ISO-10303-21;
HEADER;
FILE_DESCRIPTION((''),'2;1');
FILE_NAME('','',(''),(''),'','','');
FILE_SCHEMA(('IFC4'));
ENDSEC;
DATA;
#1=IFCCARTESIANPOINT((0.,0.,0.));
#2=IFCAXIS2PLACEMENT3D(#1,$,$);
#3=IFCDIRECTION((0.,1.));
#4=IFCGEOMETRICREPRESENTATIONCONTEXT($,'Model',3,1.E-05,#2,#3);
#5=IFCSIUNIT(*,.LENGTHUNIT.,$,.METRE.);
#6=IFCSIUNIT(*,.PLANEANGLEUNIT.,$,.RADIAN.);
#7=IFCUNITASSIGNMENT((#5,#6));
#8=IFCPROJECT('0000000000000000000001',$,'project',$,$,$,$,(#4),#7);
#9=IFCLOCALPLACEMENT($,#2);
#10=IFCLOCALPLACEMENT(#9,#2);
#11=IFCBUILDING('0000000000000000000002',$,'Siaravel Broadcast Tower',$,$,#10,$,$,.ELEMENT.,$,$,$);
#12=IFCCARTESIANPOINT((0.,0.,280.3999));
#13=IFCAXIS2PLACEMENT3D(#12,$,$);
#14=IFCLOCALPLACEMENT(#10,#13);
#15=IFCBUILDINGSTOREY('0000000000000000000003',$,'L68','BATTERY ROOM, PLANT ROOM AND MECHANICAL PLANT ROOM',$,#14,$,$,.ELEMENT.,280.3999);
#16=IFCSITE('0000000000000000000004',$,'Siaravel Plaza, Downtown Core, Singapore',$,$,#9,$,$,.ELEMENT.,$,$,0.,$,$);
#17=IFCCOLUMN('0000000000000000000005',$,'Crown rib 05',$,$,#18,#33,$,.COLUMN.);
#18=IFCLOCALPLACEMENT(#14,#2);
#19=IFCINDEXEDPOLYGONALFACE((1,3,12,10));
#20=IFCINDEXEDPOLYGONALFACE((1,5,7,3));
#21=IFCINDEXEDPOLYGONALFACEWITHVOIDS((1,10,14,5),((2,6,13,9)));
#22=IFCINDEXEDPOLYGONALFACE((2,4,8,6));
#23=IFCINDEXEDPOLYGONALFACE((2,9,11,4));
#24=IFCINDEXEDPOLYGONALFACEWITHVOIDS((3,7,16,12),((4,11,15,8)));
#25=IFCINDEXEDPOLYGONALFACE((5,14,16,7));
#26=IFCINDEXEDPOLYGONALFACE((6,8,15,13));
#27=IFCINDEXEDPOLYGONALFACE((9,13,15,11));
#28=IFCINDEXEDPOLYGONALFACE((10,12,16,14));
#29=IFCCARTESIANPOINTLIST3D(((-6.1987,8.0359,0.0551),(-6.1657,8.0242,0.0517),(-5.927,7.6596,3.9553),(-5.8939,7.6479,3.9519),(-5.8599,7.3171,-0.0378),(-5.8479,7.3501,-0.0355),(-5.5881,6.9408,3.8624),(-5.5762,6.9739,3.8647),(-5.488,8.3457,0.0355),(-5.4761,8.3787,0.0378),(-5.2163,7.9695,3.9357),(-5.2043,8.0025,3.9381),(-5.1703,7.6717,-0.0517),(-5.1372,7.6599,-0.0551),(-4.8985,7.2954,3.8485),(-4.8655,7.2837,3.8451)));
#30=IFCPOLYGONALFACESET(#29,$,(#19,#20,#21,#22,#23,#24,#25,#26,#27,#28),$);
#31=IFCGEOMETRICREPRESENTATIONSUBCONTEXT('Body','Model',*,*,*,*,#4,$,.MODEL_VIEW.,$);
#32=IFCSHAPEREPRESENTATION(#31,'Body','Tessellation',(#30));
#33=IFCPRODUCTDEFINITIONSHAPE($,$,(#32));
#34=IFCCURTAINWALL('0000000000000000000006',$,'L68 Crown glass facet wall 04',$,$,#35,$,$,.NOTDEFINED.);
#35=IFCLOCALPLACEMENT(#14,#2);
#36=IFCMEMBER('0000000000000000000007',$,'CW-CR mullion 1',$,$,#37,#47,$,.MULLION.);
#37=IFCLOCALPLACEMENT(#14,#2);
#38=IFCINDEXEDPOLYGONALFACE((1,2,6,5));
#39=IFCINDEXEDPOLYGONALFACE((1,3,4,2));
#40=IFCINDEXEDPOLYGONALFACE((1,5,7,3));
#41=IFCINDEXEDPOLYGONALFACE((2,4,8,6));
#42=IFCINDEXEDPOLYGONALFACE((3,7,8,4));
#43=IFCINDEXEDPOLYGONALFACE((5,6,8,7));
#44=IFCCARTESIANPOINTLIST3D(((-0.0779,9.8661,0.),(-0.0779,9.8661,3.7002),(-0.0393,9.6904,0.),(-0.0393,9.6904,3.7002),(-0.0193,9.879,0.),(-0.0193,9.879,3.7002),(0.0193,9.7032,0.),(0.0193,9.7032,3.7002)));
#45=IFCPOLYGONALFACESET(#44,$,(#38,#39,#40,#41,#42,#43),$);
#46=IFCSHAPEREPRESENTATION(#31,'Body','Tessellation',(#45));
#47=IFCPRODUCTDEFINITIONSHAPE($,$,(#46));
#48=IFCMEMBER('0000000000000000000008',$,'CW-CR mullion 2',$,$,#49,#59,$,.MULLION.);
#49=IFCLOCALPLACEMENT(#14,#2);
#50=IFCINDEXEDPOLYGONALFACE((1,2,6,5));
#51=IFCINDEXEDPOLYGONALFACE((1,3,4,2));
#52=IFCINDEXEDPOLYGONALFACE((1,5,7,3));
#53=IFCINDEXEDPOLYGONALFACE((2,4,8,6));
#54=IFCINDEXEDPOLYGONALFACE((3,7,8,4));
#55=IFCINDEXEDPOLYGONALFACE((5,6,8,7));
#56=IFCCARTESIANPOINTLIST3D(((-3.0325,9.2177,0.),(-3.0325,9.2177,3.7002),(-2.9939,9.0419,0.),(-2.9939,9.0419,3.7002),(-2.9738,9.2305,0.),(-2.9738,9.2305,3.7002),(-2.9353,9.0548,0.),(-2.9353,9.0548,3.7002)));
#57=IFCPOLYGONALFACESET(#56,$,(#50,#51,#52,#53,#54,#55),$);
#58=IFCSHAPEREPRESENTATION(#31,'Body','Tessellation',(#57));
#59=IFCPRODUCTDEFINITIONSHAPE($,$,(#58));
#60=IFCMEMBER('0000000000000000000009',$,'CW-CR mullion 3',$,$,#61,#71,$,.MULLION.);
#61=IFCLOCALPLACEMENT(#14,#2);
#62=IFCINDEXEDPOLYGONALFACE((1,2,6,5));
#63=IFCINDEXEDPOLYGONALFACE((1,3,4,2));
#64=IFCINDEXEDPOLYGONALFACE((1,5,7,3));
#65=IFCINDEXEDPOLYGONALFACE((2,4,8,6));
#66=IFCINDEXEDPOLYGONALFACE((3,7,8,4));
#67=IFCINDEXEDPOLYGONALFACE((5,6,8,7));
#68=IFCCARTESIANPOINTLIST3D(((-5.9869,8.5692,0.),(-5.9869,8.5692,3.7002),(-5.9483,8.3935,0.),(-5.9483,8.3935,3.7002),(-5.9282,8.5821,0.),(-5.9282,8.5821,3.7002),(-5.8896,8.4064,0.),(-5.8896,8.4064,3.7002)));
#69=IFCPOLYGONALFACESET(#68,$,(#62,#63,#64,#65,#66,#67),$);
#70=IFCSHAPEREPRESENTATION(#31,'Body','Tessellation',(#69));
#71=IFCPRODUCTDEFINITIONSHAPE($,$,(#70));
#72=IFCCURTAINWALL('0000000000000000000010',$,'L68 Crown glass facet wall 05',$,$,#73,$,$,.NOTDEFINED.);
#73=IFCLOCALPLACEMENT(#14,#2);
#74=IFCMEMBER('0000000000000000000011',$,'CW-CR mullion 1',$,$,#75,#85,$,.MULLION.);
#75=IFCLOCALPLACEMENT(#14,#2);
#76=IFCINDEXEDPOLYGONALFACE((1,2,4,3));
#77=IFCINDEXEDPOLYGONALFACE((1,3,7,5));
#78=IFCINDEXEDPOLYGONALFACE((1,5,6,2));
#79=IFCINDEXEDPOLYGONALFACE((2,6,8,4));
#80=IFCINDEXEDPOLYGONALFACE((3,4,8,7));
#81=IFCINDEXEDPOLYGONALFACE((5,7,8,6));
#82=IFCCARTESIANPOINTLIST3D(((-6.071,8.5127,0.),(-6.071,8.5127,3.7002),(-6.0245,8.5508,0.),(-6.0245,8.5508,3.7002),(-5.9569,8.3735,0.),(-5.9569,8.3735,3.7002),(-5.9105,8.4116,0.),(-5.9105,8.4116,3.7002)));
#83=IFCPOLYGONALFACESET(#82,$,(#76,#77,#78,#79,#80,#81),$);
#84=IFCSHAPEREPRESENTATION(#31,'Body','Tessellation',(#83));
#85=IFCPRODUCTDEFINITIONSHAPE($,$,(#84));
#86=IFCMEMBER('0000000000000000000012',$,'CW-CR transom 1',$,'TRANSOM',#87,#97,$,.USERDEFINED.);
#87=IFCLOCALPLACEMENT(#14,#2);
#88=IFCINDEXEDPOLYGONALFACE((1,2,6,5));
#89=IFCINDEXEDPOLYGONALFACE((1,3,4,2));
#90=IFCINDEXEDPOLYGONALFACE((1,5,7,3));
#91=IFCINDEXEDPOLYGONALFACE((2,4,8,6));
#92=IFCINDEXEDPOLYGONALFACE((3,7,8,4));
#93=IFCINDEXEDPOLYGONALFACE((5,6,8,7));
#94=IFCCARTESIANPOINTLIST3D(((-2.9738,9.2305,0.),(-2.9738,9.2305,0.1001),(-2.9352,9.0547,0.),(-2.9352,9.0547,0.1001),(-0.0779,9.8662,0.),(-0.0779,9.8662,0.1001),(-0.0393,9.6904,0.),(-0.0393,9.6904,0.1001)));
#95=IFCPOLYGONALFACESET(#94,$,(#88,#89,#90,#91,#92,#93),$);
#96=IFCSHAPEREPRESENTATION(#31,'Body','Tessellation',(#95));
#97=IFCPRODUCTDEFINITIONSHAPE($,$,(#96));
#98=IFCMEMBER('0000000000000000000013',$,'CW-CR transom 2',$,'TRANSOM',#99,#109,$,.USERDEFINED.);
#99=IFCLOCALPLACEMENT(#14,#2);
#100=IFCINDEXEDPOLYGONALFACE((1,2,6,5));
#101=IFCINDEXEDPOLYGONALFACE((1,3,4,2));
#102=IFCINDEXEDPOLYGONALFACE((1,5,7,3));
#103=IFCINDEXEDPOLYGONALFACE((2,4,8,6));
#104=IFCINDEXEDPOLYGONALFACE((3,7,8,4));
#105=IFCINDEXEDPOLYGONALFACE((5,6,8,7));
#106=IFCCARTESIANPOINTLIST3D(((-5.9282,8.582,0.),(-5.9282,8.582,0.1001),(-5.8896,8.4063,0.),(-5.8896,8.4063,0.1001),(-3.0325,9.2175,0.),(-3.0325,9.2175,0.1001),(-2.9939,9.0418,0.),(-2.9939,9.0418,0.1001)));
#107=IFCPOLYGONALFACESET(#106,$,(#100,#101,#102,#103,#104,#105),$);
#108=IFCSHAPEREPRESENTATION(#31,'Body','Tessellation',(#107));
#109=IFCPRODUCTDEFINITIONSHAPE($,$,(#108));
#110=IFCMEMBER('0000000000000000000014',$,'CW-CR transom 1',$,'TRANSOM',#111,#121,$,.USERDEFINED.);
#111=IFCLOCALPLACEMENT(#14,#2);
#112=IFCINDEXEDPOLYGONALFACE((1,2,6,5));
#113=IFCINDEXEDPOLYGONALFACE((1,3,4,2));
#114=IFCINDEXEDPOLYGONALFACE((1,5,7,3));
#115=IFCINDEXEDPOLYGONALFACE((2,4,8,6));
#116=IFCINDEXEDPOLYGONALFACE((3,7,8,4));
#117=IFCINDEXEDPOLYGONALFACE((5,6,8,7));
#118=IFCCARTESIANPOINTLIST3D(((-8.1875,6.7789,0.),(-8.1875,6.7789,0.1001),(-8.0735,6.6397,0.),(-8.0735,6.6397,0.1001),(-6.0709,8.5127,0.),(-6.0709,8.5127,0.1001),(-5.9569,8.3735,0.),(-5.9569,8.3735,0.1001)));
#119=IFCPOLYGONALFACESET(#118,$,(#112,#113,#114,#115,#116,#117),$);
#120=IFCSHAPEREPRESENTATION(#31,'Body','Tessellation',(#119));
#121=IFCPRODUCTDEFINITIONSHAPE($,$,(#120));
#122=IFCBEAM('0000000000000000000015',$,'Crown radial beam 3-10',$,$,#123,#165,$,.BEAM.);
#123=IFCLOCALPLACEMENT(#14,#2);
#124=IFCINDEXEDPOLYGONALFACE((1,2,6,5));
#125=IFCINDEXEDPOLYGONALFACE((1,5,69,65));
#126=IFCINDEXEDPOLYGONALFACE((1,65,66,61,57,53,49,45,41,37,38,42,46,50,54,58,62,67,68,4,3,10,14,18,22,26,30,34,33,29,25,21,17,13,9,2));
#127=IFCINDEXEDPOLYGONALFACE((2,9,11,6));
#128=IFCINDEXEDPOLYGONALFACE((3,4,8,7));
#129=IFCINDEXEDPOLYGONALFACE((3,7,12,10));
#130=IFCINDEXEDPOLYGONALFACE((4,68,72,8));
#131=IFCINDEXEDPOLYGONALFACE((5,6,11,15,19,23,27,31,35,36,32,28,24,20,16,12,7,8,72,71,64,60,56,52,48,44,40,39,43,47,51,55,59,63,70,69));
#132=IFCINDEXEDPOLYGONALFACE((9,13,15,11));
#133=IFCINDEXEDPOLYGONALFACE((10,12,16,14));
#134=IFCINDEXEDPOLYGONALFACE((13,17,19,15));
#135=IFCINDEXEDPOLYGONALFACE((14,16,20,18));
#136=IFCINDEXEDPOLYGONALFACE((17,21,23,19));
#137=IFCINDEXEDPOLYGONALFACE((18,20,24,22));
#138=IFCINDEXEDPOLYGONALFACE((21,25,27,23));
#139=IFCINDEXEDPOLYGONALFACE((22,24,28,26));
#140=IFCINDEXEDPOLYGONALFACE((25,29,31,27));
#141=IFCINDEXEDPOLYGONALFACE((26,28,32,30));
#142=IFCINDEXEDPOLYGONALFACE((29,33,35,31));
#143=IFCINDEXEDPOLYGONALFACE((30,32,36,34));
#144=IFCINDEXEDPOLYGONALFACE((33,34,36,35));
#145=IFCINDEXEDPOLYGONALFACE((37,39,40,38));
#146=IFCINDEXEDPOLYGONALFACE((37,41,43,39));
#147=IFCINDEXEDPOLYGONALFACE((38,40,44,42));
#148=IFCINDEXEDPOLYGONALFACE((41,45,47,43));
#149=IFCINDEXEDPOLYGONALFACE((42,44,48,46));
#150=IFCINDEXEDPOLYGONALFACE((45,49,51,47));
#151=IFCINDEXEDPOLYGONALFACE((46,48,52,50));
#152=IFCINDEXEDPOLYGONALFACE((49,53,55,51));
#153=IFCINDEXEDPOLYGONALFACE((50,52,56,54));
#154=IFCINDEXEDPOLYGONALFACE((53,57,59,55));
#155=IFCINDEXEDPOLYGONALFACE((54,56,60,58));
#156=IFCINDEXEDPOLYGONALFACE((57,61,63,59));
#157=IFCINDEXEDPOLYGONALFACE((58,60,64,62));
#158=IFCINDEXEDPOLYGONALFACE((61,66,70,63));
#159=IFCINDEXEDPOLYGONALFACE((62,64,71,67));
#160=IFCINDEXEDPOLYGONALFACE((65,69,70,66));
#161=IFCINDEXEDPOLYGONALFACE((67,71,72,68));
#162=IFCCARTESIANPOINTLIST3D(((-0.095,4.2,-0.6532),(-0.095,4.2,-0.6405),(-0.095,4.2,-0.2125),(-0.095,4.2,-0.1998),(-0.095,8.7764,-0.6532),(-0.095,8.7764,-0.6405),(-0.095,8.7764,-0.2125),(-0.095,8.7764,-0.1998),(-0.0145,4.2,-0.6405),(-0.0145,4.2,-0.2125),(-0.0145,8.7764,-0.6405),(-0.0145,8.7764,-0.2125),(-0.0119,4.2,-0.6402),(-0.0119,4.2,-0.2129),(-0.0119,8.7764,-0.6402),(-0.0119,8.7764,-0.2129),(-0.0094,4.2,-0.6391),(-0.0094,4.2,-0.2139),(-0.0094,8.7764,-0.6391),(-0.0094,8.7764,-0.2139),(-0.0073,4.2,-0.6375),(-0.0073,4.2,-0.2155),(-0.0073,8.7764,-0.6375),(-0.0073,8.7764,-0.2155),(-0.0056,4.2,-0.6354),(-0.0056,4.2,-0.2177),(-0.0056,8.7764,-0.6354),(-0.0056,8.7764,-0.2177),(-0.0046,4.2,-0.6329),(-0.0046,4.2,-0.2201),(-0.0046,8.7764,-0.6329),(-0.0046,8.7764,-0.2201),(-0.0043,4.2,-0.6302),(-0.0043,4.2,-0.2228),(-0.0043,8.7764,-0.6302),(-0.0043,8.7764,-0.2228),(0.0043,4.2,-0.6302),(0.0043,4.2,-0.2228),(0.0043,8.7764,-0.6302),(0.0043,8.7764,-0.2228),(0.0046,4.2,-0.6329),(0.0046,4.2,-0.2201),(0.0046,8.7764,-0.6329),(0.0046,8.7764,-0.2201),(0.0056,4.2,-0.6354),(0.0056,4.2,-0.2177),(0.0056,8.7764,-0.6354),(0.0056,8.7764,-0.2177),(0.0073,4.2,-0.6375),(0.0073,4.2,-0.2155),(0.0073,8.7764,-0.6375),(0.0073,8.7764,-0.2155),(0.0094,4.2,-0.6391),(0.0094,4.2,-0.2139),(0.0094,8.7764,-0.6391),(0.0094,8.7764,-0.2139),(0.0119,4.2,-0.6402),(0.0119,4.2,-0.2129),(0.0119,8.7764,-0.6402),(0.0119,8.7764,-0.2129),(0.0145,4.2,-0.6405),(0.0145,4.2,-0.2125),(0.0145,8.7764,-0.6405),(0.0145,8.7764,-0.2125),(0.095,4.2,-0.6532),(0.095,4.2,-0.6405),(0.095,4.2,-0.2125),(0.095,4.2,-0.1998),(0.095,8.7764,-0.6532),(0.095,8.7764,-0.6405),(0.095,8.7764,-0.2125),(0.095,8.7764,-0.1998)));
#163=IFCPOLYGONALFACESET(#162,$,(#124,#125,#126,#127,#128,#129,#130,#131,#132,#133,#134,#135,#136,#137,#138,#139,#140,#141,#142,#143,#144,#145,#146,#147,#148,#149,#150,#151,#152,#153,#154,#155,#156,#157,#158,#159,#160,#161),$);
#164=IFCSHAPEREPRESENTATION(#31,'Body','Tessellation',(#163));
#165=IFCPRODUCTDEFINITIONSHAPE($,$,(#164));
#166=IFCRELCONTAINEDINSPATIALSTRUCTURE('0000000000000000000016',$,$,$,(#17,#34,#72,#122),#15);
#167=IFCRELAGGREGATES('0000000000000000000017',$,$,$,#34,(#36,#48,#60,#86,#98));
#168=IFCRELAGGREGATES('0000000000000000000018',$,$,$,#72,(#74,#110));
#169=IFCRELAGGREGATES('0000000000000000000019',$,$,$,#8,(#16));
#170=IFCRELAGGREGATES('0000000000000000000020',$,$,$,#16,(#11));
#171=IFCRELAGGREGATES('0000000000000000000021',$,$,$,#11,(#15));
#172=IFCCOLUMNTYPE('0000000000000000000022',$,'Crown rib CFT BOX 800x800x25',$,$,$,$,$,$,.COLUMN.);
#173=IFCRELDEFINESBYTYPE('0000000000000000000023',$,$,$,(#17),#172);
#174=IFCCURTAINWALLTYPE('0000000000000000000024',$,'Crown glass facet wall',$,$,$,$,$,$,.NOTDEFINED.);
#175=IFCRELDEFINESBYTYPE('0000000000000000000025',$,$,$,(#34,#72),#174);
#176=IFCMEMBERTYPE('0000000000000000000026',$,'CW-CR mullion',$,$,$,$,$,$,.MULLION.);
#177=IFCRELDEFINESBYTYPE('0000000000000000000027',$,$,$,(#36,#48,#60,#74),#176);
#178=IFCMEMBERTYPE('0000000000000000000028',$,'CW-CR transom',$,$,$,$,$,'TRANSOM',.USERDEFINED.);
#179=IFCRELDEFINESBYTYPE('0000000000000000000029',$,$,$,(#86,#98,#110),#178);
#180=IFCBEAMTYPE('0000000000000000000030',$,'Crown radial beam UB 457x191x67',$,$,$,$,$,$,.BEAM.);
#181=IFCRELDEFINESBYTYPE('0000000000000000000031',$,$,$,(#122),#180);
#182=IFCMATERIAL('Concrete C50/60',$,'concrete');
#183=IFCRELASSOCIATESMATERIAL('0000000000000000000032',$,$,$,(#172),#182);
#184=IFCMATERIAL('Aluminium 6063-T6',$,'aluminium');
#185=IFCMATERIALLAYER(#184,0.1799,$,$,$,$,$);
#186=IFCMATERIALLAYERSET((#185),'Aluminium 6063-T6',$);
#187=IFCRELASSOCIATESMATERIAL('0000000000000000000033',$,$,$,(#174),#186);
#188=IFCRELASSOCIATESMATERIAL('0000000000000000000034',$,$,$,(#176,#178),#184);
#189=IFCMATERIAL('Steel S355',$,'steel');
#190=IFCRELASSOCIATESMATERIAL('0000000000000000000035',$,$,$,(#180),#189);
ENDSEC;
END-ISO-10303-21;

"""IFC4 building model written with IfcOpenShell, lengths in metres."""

from ifc_helpers import new_model, si_unit, direction, frame, origin, origin_2d, place, context, subcontext, project, spatial, rectangle, hollow_rectangle, i_section, extrude, material, layer, layer_set, material_profile, profile_set, type_object, element, aggregate, save


model = new_model("IFC4")

# Units and contexts
model_context = context("Model", 3, precision=1e-05, world=origin(), true_north=direction((0.0, 1.0)))
body_context = subcontext(model_context, "Body", "Model", "MODEL_VIEW")
ifc_project = project(units=[si_unit("LENGTHUNIT", "METRE"), si_unit("PLANEANGLEUNIT", "RADIAN")], contexts=[model_context])

# Site, building, storey
site_placement = place(None, origin())
site = spatial("IfcSite", under=ifc_project, at=site_placement, Name="Siaravel Plaza, Downtown Core, Singapore", CompositionType="ELEMENT", RefElevation=0.0)
building_placement = place(site_placement, origin())
building = spatial("IfcBuilding", under=site, at=building_placement, Name="Siaravel Broadcast Tower", CompositionType="ELEMENT")
storey_placement = place(building_placement, frame((0.0, 0.0, 280.3999)))
storey = spatial("IfcBuildingStorey", under=building, at=storey_placement, Name="L68", Description="BATTERY ROOM, PLANT ROOM AND MECHANICAL PLANT ROOM", CompositionType="ELEMENT", Elevation=280.3999)

# Column
ifc_material_1 = material(Name="Concrete C50/60", Category="concrete")
ifc_material_profile_1 = material_profile(ifc_material_1, hollow_rectangle(XDim=0.8, YDim=0.8, WallThickness=0.0249, at=origin_2d()))
ifc_profile_set_1 = profile_set([ifc_material_profile_1], Name="Concrete C50/60")
column_type = type_object("IfcColumnType", Name="Crown rib CFT BOX 800x800x25", PredefinedType="COLUMN", material=ifc_profile_set_1)
column_placement = place(storey_placement, frame((-5.668, 7.8479, 0.0), z_axis=(0.069183, -0.095787, 0.992995), x_axis=(0.903251, 0.428569, -0.02159)))
element("IfcColumn", 1, at=column_placement, inside=storey, type_object=column_type, Name="Crown rib 05", PredefinedType="COLUMN", context=body_context, shape_type="SweptSolid", body=[
    extrude(hollow_rectangle(XDim=0.8, YDim=0.8, WallThickness=0.0249, at=origin_2d()), origin(), (0.0, 0.0, 1.0), 3.9277),
])

# Curtain wall, members
ifc_material_2 = material(Name="Aluminium 6063-T6", Category="aluminium")
ifc_layer_1 = layer(ifc_material_2, 0.1799)
ifc_layer_set_1 = layer_set([ifc_layer_1], Name="Aluminium 6063-T6")
curtain_wall_type = type_object("IfcCurtainWallType", Name="Crown glass facet wall", PredefinedType="NOTDEFINED", material=ifc_layer_set_1)
curtain_wall_1_placement = place(storey_placement, origin())
curtain_wall_1 = element("IfcCurtainWall", 2, at=curtain_wall_1_placement, inside=storey, type_object=curtain_wall_type, Name="L68 Crown glass facet wall 04", PredefinedType="NOTDEFINED")
ifc_material_profile_2 = material_profile(ifc_material_2, rectangle(XDim=0.1799, YDim=0.0601, at=origin_2d()))
ifc_profile_set_2 = profile_set([ifc_material_profile_2], Name="Aluminium 6063-T6")
member_type_1 = type_object("IfcMemberType", Name="CW-CR mullion", PredefinedType="MULLION", material=ifc_profile_set_2)
member_1_placement = place(storey_placement, frame((-0.0293, 9.7847, 0.0), z_axis=(0.0, 0.0, 1.0), x_axis=(0.214394, -0.976747, 0.0)))
member_1 = element("IfcMember", 3, at=member_1_placement, type_object=member_type_1, Name="CW-CR mullion 1", PredefinedType="MULLION", context=body_context, shape_type="SweptSolid", body=[
    extrude(rectangle(XDim=0.1799, YDim=0.0601, at=origin_2d()), origin(), (0.0, 0.0, 1.0), 3.7002),
])
member_2_placement = place(storey_placement, frame((-2.9839, 9.1362, 0.0), z_axis=(0.0, 0.0, 1.0), x_axis=(0.214394, -0.976747, 0.0)))
member_2 = element("IfcMember", 4, at=member_2_placement, type_object=member_type_1, Name="CW-CR mullion 2", PredefinedType="MULLION", context=body_context, shape_type="SweptSolid", body=[
    extrude(rectangle(XDim=0.1799, YDim=0.0601, at=origin_2d()), origin(), (0.0, 0.0, 1.0), 3.7002),
])
member_3_placement = place(storey_placement, frame((-5.9382, 8.4878, 0.0), z_axis=(0.0, 0.0, 1.0), x_axis=(0.214394, -0.976747, 0.0)))
member_3 = element("IfcMember", 5, at=member_3_placement, type_object=member_type_1, Name="CW-CR mullion 3", PredefinedType="MULLION", context=body_context, shape_type="SweptSolid", body=[
    extrude(rectangle(XDim=0.1799, YDim=0.0601, at=origin_2d()), origin(), (0.0, 0.0, 1.0), 3.7002),
])

# Curtain wall, member
curtain_wall_2_placement = place(storey_placement, origin())
curtain_wall_2 = element("IfcCurtainWall", 6, at=curtain_wall_2_placement, inside=storey, type_object=curtain_wall_type, Name="L68 Crown glass facet wall 05", PredefinedType="NOTDEFINED")
member_4_placement = place(storey_placement, frame((-5.9907, 8.4622, 0.0), z_axis=(0.0, 0.0, 1.0), x_axis=(0.633713, -0.773568, 0.0)))
member_4 = element("IfcMember", 7, at=member_4_placement, type_object=member_type_1, Name="CW-CR mullion 1", PredefinedType="MULLION", context=body_context, shape_type="SweptSolid", body=[
    extrude(rectangle(XDim=0.1799, YDim=0.0601, at=origin_2d()), origin(), (0.0, 0.0, 1.0), 3.7002),
])

# Members
ifc_material_profile_3 = material_profile(ifc_material_2, rectangle(XDim=0.1799, YDim=0.1001, at=origin_2d()))
ifc_profile_set_3 = profile_set([ifc_material_profile_3], Name="Aluminium 6063-T6")
member_type_2 = type_object("IfcMemberType", Name="CW-CR transom", ElementType="TRANSOM", PredefinedType="USERDEFINED", material=ifc_profile_set_3)
member_5_placement = place(storey_placement, frame((-0.0586, 9.7783, 0.05), z_axis=(-0.976742, -0.214419, 0.0), x_axis=(0.214419, -0.976742, 0.0)))
member_5 = element("IfcMember", 8, at=member_5_placement, type_object=member_type_2, Name="CW-CR transom 1", ObjectType="TRANSOM", PredefinedType="USERDEFINED", context=body_context, shape_type="SweptSolid", body=[
    extrude(rectangle(XDim=0.1799, YDim=0.1001, at=origin_2d()), origin(), (0.0, 0.0, 1.0), 2.9648),
])
member_6_placement = place(storey_placement, frame((-3.0132, 9.1296, 0.05), z_axis=(-0.976755, -0.214357, 0.0), x_axis=(0.214357, -0.976755, 0.0)))
member_6 = element("IfcMember", 9, at=member_6_placement, type_object=member_type_2, Name="CW-CR transom 2", ObjectType="TRANSOM", PredefinedType="USERDEFINED", context=body_context, shape_type="SweptSolid", body=[
    extrude(rectangle(XDim=0.1799, YDim=0.1001, at=origin_2d()), origin(), (0.0, 0.0, 1.0), 2.9646),
])
member_7_placement = place(storey_placement, frame((-6.0139, 8.4431, 0.05), z_axis=(-0.773591, -0.633685, 0.0), x_axis=(0.633685, -0.773591, 0.0)))
member_7 = element("IfcMember", 10, at=member_7_placement, type_object=member_type_2, Name="CW-CR transom 1", ObjectType="TRANSOM", PredefinedType="USERDEFINED", context=body_context, shape_type="SweptSolid", body=[
    extrude(rectangle(XDim=0.1799, YDim=0.1001, at=origin_2d()), origin(), (0.0, 0.0, 1.0), 2.7361),
])

# Beam
ifc_material_3 = material(Name="Steel S355", Category="steel")
ifc_material_profile_4 = material_profile(ifc_material_3, i_section(OverallWidth=0.1899, OverallDepth=0.4534, WebThickness=0.0085, FlangeThickness=0.0127, FilletRadius=0.0103, at=origin_2d()))
ifc_profile_set_4 = profile_set([ifc_material_profile_4], Name="Steel S355")
beam_type_1 = type_object("IfcBeamType", Name="Crown radial beam UB 457x191x67", PredefinedType="BEAM", material=ifc_profile_set_4)
beam_1_placement = place(storey_placement, frame((0.0, 8.7764, -0.4265), z_axis=(0.0, -1.0, 0.0), x_axis=(1.0, 0.0, 0.0)))
element("IfcBeam", 11, at=beam_1_placement, inside=storey, type_object=beam_type_1, Name="Crown radial beam 3-10", PredefinedType="BEAM", context=body_context, shape_type="SweptSolid", body=[
    extrude(i_section(OverallWidth=0.1899, OverallDepth=0.4534, WebThickness=0.0085, FlangeThickness=0.0127, FilletRadius=0.0103, at=origin_2d()), origin(), (0.0, 0.0, 1.0), 4.5764),
])

aggregate(curtain_wall_1, [member_1, member_2, member_3, member_5, member_6])
aggregate(curtain_wall_2, [member_4, member_7])

save(model, "model.ifc")
